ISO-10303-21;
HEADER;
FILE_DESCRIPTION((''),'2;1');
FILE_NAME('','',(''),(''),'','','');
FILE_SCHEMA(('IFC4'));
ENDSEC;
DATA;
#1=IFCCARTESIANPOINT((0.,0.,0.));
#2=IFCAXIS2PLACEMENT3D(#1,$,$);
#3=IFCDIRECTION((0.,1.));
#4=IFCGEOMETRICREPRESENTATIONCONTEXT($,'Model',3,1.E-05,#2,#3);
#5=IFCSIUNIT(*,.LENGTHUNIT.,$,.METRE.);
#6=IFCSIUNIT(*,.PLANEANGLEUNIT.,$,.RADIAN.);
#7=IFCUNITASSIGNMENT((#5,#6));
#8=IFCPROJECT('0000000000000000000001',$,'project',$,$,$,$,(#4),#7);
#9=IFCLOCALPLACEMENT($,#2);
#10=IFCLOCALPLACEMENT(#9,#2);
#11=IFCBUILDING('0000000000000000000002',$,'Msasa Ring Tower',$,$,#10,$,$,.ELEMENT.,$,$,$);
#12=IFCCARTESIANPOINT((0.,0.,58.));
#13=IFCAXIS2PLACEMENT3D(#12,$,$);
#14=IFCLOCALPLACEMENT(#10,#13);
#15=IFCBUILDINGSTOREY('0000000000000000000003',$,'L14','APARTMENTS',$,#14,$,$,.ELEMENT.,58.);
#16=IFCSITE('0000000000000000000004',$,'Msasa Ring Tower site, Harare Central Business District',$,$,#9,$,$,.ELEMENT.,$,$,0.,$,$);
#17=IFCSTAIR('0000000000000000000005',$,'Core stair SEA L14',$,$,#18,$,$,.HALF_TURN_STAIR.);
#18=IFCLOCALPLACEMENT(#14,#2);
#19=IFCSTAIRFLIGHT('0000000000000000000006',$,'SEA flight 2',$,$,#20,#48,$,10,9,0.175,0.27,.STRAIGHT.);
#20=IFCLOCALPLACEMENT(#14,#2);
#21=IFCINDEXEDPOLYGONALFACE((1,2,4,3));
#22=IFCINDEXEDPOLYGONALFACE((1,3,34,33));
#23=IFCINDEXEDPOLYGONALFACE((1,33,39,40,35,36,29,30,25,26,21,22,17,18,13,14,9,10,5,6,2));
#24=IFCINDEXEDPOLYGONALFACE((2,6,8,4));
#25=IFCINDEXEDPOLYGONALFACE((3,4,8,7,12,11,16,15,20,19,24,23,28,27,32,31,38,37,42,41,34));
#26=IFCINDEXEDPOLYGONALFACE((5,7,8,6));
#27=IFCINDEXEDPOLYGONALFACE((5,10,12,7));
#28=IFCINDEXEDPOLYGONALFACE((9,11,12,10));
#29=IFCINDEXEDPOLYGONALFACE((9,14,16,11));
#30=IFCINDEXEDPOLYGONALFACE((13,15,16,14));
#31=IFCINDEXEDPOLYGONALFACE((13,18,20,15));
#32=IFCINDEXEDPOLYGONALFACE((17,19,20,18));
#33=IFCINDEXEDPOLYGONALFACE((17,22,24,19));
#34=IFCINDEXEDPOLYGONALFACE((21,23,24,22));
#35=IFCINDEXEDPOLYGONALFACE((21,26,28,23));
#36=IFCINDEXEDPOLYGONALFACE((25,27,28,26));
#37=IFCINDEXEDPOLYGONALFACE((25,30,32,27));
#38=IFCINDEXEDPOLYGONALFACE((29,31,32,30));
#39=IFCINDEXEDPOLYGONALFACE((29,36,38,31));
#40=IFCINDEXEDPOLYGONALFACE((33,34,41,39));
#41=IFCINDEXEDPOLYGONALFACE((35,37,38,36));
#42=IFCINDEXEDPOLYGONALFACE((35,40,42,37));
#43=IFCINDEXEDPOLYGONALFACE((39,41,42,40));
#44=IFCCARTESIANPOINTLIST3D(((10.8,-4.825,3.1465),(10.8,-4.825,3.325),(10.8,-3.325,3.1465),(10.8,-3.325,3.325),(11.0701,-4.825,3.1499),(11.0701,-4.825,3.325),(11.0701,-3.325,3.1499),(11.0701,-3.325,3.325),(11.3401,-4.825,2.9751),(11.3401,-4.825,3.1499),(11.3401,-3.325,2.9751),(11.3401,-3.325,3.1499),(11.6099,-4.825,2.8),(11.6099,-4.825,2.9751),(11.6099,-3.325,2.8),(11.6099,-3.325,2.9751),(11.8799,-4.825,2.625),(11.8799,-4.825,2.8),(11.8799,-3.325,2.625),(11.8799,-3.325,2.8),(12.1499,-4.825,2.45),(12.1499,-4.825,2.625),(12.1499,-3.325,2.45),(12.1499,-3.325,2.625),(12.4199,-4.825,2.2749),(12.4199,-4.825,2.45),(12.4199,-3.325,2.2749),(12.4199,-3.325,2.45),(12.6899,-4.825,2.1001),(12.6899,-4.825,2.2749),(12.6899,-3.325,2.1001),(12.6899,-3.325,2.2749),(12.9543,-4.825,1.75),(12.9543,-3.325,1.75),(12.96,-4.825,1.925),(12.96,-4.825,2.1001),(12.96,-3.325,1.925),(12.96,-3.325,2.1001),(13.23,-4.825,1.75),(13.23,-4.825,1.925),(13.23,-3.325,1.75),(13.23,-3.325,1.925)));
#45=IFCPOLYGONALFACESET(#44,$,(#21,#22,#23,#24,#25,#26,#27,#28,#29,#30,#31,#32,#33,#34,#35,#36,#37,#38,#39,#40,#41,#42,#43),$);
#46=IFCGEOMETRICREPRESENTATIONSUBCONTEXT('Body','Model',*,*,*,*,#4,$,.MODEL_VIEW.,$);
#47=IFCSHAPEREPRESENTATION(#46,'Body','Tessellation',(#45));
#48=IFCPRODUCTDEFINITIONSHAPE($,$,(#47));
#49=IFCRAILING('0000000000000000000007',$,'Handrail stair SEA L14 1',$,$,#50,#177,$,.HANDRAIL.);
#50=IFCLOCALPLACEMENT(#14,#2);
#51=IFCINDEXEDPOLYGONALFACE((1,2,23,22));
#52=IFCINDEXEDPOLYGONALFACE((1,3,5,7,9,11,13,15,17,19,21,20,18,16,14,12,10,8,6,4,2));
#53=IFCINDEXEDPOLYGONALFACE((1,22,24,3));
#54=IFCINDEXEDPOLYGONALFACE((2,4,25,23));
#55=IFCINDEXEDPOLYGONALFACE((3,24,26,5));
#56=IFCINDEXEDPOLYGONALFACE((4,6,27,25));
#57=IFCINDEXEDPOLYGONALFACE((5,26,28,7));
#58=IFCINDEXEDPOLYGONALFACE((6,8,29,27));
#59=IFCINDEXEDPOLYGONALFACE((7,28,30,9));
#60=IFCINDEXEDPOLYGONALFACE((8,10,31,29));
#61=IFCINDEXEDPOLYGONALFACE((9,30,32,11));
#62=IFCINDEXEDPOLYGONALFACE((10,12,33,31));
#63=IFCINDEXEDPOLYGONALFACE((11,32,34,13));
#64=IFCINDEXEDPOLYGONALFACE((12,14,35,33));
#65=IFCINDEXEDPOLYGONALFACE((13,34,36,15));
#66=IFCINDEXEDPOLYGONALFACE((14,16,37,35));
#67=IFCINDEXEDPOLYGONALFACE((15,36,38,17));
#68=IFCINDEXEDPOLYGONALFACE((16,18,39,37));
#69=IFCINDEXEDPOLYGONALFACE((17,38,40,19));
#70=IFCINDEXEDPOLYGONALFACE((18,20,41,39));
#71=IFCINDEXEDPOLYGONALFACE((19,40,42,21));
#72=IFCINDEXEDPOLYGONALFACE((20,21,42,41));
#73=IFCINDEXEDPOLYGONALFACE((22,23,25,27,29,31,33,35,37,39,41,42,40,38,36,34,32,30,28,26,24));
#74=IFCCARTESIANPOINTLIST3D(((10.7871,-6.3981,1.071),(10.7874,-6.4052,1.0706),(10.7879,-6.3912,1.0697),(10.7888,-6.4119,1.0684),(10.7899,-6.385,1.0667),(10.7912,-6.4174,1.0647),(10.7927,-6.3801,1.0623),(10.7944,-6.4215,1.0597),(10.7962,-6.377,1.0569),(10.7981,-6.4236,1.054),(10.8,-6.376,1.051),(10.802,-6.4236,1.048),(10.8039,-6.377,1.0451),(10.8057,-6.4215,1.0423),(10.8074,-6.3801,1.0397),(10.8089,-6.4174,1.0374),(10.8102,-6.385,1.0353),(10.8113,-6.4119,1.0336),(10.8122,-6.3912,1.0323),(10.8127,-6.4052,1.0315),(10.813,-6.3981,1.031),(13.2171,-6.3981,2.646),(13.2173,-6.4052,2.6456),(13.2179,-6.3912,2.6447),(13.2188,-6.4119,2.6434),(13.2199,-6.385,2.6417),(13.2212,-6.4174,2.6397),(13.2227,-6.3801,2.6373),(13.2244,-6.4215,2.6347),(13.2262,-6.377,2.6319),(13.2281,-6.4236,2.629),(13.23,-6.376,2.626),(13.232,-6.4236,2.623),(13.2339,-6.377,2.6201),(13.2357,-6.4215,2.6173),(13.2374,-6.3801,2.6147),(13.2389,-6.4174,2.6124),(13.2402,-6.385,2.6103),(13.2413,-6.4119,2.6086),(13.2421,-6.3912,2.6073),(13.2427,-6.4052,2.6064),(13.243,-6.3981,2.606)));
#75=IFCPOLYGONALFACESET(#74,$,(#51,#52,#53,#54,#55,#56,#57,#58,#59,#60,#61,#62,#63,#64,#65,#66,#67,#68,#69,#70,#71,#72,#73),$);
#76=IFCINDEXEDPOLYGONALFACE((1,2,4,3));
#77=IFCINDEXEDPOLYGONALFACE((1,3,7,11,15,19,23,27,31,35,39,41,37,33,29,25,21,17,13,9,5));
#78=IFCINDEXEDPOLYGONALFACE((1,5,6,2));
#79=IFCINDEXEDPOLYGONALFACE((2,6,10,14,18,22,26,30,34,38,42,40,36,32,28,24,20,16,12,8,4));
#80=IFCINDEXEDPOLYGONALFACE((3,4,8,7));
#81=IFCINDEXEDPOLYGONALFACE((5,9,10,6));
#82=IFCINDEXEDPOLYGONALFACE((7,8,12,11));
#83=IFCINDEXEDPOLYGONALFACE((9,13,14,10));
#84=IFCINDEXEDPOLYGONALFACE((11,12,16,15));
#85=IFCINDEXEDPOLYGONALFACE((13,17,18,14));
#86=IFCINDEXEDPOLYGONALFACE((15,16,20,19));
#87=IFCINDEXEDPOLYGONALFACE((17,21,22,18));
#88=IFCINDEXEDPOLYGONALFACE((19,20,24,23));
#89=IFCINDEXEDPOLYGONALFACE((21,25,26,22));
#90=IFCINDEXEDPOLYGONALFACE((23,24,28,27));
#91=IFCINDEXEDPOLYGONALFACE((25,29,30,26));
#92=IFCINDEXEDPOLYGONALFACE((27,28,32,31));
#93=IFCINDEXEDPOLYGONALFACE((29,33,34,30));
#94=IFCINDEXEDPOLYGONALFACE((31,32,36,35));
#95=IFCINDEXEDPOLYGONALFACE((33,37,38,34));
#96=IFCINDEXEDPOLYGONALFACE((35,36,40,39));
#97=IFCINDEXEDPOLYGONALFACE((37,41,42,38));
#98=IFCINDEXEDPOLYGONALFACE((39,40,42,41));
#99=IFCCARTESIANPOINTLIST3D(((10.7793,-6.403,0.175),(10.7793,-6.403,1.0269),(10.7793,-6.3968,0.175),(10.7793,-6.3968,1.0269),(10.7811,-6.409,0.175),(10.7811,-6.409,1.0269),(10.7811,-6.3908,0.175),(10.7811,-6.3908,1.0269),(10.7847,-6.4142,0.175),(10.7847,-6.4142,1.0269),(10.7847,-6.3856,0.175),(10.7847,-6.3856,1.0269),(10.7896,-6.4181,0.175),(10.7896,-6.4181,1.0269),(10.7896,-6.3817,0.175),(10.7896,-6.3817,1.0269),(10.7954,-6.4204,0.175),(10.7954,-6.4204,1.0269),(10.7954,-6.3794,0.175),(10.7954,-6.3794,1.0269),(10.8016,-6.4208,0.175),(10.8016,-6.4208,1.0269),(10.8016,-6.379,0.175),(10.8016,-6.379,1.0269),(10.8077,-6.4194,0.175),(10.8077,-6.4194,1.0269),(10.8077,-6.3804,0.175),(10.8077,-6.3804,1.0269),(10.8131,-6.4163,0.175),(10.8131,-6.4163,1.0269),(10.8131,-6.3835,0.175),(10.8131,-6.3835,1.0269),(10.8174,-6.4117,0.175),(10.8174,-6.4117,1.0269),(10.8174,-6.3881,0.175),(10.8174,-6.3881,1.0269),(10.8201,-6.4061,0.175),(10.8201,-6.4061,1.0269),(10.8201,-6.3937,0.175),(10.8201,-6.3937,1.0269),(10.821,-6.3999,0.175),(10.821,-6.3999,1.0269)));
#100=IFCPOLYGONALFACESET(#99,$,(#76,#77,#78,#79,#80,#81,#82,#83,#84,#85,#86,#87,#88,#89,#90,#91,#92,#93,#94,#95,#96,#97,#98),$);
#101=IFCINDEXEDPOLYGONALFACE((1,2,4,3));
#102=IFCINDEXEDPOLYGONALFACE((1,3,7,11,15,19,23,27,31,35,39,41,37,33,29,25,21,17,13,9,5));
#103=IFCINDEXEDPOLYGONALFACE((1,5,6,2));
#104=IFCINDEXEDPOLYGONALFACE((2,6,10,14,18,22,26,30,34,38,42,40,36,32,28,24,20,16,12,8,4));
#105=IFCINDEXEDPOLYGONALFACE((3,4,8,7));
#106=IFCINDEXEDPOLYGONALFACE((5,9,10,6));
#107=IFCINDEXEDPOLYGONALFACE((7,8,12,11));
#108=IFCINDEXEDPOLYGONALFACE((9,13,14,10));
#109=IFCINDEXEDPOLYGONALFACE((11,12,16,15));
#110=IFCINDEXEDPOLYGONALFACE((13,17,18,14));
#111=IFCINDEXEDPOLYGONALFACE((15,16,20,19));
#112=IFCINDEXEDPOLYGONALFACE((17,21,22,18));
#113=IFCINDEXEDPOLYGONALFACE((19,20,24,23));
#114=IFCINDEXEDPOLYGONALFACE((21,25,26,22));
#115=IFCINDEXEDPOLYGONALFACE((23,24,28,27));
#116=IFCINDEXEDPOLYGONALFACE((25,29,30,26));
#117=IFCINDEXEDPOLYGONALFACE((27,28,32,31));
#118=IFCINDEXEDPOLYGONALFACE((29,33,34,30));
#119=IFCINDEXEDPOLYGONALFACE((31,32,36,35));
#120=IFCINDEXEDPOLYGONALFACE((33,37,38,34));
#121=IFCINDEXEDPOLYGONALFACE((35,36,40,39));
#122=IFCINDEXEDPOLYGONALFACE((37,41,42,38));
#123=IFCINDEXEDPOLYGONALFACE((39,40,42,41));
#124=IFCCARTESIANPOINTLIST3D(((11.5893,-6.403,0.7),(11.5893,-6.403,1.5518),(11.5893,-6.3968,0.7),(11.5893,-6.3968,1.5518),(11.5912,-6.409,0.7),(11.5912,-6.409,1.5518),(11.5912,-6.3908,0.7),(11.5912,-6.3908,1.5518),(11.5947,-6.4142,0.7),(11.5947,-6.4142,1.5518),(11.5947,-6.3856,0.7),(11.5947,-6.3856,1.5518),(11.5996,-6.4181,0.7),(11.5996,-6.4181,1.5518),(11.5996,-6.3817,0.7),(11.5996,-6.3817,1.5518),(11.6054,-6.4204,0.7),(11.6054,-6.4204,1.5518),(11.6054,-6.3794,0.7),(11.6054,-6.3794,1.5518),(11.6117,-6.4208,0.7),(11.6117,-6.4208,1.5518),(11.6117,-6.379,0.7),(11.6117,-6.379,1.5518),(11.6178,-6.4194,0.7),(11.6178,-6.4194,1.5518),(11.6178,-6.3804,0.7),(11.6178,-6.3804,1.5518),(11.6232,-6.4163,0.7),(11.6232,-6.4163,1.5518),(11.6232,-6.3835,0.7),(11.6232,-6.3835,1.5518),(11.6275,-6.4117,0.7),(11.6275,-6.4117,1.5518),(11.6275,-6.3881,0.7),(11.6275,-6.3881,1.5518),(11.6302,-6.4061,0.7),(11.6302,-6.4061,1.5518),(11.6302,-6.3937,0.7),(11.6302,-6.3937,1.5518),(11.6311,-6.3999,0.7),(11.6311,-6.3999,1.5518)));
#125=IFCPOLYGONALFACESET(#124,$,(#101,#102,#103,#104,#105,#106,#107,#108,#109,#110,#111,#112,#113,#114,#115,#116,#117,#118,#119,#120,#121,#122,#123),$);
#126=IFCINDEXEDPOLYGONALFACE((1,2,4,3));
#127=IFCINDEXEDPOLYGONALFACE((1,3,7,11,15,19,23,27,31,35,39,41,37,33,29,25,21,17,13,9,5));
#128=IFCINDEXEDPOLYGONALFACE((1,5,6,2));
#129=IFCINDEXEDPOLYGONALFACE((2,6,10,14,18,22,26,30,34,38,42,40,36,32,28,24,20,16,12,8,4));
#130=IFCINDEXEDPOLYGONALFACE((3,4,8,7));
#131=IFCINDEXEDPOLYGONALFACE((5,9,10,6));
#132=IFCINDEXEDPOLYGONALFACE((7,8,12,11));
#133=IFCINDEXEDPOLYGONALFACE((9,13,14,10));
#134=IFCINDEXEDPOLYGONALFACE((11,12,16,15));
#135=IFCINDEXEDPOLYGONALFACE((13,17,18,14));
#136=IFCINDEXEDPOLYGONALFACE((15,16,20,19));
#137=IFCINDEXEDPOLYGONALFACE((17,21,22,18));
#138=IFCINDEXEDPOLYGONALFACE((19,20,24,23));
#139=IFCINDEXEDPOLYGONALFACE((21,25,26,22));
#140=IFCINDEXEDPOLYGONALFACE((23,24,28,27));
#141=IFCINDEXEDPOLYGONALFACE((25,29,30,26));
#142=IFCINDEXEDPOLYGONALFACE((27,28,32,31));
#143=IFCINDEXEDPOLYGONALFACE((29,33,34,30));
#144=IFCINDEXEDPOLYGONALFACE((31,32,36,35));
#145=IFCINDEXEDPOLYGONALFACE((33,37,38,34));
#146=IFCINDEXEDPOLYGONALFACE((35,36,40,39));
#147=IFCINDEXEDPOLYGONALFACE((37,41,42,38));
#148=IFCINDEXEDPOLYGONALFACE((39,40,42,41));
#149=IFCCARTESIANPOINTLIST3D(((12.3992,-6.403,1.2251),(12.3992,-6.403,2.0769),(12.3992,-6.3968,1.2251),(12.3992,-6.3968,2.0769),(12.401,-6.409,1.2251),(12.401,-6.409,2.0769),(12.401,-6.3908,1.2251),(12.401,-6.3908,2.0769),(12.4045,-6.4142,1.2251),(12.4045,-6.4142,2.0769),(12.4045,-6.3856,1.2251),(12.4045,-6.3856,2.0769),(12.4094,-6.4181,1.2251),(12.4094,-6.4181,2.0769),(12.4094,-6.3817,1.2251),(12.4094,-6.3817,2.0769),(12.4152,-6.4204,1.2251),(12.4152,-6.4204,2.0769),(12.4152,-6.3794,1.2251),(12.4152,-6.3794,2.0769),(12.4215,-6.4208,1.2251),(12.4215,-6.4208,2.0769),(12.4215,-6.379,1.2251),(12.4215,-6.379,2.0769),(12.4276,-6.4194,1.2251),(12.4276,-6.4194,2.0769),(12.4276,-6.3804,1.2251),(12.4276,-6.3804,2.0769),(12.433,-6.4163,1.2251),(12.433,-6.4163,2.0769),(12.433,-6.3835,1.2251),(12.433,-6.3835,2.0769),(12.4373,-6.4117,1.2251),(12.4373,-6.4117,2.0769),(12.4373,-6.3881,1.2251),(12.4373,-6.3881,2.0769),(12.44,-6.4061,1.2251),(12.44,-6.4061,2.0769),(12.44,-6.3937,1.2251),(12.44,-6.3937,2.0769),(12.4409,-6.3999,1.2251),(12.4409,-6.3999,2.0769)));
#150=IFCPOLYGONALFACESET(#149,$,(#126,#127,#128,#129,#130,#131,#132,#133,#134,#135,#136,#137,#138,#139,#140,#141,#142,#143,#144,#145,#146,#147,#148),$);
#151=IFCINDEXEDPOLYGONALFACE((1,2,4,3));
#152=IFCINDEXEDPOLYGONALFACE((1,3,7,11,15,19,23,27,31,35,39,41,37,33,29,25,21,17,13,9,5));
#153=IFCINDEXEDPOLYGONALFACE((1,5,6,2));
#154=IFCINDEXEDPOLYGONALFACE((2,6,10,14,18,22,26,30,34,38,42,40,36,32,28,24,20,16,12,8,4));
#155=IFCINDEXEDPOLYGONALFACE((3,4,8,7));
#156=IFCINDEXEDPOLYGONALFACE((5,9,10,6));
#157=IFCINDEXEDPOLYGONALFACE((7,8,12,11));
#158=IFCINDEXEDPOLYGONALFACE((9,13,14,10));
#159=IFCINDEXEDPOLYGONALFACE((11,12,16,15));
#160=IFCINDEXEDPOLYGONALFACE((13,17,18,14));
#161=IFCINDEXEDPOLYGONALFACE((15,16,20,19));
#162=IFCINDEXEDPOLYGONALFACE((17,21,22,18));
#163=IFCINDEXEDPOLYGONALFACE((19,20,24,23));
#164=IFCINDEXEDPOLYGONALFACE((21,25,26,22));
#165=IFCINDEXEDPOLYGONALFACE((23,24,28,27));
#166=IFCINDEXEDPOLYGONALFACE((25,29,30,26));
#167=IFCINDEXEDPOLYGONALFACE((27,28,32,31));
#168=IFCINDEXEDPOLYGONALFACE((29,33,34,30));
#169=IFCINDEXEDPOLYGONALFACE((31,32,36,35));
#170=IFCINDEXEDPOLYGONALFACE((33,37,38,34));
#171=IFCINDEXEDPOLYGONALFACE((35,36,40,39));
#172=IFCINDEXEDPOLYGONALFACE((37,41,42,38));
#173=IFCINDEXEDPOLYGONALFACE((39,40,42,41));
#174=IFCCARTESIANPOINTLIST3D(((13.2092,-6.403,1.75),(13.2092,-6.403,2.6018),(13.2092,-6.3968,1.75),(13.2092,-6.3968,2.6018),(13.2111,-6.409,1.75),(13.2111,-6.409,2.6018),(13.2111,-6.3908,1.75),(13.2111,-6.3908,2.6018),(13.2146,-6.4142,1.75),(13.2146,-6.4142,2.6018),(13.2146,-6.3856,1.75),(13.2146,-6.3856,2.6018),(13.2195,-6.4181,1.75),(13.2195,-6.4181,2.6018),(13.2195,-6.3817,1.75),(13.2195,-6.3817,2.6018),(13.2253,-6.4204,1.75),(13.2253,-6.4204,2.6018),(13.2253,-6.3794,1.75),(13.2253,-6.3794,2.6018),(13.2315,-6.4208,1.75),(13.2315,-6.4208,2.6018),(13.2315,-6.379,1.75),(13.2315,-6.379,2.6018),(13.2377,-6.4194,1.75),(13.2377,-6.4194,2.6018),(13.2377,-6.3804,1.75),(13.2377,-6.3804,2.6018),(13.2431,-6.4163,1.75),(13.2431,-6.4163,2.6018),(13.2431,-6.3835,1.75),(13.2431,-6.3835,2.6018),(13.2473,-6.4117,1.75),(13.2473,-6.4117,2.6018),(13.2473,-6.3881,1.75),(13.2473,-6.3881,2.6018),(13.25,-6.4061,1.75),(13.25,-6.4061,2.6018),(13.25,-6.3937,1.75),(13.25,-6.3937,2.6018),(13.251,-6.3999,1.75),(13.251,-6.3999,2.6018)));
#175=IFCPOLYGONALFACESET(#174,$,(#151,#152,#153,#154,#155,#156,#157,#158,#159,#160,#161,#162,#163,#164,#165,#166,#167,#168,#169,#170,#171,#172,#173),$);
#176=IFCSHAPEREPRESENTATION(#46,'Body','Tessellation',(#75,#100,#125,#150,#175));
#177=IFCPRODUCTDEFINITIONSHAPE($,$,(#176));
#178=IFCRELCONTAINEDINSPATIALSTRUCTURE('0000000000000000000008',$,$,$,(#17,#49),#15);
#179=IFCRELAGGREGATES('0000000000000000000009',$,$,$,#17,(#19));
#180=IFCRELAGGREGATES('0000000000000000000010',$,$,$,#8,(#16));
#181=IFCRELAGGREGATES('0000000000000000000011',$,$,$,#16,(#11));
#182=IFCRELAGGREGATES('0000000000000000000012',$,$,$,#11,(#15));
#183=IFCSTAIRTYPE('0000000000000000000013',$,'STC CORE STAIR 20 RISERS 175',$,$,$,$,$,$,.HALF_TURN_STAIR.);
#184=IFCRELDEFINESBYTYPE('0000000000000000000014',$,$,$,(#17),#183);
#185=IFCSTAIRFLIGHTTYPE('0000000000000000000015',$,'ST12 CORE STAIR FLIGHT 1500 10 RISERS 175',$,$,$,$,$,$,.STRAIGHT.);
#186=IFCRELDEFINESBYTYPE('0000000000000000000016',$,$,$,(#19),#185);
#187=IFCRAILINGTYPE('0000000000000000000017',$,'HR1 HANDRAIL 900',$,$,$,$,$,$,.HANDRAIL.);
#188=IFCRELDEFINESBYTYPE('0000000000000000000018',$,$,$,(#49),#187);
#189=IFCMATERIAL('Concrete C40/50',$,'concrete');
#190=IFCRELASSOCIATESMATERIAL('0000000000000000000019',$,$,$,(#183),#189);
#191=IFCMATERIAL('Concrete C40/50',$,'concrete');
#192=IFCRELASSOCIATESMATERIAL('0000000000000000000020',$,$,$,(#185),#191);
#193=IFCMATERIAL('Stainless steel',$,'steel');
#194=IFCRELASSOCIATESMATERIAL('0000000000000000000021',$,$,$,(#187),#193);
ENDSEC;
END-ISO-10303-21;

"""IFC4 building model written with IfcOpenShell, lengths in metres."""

from ifc_helpers import new_model, si_unit, direction, frame, origin, origin_2d, place, context, subcontext, project, spatial, polyline, circle, outline, extrude, material, type_object, element, aggregate, save


model = new_model("IFC4")

# Units and contexts
model_context = context("Model", 3, precision=1e-05, world=origin(), true_north=direction((0.0, 1.0)))
body_context = subcontext(model_context, "Body", "Model", "MODEL_VIEW")
ifc_project = project(units=[si_unit("LENGTHUNIT", "METRE"), si_unit("PLANEANGLEUNIT", "RADIAN")], contexts=[model_context])

# Site, building, storey
site_placement = place(None, origin())
site = spatial("IfcSite", under=ifc_project, at=site_placement, Name="Msasa Ring Tower site, Harare Central Business District", CompositionType="ELEMENT", RefElevation=0.0)
building_placement = place(site_placement, origin())
building = spatial("IfcBuilding", under=site, at=building_placement, Name="Msasa Ring Tower", CompositionType="ELEMENT")
storey_placement = place(building_placement, frame((0.0, 0.0, 58.0)))
storey = spatial("IfcBuildingStorey", under=building, at=storey_placement, Name="L14", Description="APARTMENTS", CompositionType="ELEMENT", Elevation=58.0)

# Stair, stair flight
ifc_material_1 = material(Name="Concrete C40/50", Category="concrete")
stair_type = type_object("IfcStairType", Name="STC CORE STAIR 20 RISERS 175", PredefinedType="HALF_TURN_STAIR", material=ifc_material_1)
stair_placement = place(storey_placement, origin())
stair = element("IfcStair", 1, at=stair_placement, inside=storey, type_object=stair_type, Name="Core stair SEA L14", PredefinedType="HALF_TURN_STAIR")
ifc_material_2 = material(Name="Concrete C40/50", Category="concrete")
stair_flight_type = type_object("IfcStairFlightType", Name="ST12 CORE STAIR FLIGHT 1500 10 RISERS 175", PredefinedType="STRAIGHT", material=ifc_material_2)
stair_flight_1_placement = place(storey_placement, frame((13.23, -4.075, 1.75), z_axis=(0.0, 0.0, 1.0), x_axis=(-1.0, 0.0, 0.0)))
stair_flight_1 = element("IfcStairFlight", 2, at=stair_flight_1_placement, type_object=stair_flight_type, Name="SEA flight 2", NumberOfRisers=10, NumberOfTreads=9, PredefinedType="STRAIGHT", RiserHeight=0.175, TreadLength=0.27, context=body_context, shape_type="SweptSolid", body=[
    extrude(outline(polyline([(0.0, 0.0), (0.0, 0.175), (0.27, 0.175), (0.27, 0.3501), (0.54, 0.3501), (0.54, 0.5249), (0.8101, 0.5249), (0.8101, 0.7), (1.0801, 0.7), (1.0801, 0.875), (1.3501, 0.875), (1.3501, 1.05), (1.6201, 1.05), (1.6201, 1.2251), (1.8899, 1.2251), (1.8899, 1.3999), (2.1599, 1.3999), (2.1599, 1.575), (2.4299, 1.575), (2.4299, 1.75), (2.4299, 1.3965), (0.2756, 0.0), (0.0, 0.0)])), frame((0.0, 0.75, 0.0), z_axis=(0.0, -1.0, 0.0), x_axis=(1.0, 0.0, 0.0)), (0.0, 0.0, 1.0), 1.5),
])
aggregate(stair, [stair_flight_1])

# Railing
ifc_material_3 = material(Name="Stainless steel", Category="steel")
railing_type = type_object("IfcRailingType", Name="HR1 HANDRAIL 900", PredefinedType="HANDRAIL", material=ifc_material_3)
for number, where, name in (
    (3, (10.8, -6.3999, 0.175), "Handrail stair SEA L14 1"),
):
    element("IfcRailing", number, at=place(storey_placement, frame(where)), inside=storey, type_object=railing_type, Name=name, PredefinedType="HANDRAIL", context=body_context, shape_type="SweptSolid", body=[
        extrude(circle(Radius=0.0239, at=origin_2d()), frame((0.0, 0.0, 0.876), z_axis=(0.839154, 0.0, 0.543894), x_axis=(0.0, 1.0, 0.0)), (0.0, 0.0, 1.0), 2.8958),
        extrude(circle(Radius=0.021, at=origin_2d()), origin(), (0.0, 0.0, 1.0), 0.8518),
        extrude(circle(Radius=0.021, at=origin_2d()), frame((0.8101, 0.0, 0.5249)), (0.0, 0.0, 1.0), 0.8518),
        extrude(circle(Radius=0.021, at=origin_2d()), frame((1.6199, 0.0, 1.05)), (0.0, 0.0, 1.0), 0.8518),
        extrude(circle(Radius=0.021, at=origin_2d()), frame((2.4299, 0.0, 1.575)), (0.0, 0.0, 1.0), 0.8518),
    ])

save(model, "model.ifc")
